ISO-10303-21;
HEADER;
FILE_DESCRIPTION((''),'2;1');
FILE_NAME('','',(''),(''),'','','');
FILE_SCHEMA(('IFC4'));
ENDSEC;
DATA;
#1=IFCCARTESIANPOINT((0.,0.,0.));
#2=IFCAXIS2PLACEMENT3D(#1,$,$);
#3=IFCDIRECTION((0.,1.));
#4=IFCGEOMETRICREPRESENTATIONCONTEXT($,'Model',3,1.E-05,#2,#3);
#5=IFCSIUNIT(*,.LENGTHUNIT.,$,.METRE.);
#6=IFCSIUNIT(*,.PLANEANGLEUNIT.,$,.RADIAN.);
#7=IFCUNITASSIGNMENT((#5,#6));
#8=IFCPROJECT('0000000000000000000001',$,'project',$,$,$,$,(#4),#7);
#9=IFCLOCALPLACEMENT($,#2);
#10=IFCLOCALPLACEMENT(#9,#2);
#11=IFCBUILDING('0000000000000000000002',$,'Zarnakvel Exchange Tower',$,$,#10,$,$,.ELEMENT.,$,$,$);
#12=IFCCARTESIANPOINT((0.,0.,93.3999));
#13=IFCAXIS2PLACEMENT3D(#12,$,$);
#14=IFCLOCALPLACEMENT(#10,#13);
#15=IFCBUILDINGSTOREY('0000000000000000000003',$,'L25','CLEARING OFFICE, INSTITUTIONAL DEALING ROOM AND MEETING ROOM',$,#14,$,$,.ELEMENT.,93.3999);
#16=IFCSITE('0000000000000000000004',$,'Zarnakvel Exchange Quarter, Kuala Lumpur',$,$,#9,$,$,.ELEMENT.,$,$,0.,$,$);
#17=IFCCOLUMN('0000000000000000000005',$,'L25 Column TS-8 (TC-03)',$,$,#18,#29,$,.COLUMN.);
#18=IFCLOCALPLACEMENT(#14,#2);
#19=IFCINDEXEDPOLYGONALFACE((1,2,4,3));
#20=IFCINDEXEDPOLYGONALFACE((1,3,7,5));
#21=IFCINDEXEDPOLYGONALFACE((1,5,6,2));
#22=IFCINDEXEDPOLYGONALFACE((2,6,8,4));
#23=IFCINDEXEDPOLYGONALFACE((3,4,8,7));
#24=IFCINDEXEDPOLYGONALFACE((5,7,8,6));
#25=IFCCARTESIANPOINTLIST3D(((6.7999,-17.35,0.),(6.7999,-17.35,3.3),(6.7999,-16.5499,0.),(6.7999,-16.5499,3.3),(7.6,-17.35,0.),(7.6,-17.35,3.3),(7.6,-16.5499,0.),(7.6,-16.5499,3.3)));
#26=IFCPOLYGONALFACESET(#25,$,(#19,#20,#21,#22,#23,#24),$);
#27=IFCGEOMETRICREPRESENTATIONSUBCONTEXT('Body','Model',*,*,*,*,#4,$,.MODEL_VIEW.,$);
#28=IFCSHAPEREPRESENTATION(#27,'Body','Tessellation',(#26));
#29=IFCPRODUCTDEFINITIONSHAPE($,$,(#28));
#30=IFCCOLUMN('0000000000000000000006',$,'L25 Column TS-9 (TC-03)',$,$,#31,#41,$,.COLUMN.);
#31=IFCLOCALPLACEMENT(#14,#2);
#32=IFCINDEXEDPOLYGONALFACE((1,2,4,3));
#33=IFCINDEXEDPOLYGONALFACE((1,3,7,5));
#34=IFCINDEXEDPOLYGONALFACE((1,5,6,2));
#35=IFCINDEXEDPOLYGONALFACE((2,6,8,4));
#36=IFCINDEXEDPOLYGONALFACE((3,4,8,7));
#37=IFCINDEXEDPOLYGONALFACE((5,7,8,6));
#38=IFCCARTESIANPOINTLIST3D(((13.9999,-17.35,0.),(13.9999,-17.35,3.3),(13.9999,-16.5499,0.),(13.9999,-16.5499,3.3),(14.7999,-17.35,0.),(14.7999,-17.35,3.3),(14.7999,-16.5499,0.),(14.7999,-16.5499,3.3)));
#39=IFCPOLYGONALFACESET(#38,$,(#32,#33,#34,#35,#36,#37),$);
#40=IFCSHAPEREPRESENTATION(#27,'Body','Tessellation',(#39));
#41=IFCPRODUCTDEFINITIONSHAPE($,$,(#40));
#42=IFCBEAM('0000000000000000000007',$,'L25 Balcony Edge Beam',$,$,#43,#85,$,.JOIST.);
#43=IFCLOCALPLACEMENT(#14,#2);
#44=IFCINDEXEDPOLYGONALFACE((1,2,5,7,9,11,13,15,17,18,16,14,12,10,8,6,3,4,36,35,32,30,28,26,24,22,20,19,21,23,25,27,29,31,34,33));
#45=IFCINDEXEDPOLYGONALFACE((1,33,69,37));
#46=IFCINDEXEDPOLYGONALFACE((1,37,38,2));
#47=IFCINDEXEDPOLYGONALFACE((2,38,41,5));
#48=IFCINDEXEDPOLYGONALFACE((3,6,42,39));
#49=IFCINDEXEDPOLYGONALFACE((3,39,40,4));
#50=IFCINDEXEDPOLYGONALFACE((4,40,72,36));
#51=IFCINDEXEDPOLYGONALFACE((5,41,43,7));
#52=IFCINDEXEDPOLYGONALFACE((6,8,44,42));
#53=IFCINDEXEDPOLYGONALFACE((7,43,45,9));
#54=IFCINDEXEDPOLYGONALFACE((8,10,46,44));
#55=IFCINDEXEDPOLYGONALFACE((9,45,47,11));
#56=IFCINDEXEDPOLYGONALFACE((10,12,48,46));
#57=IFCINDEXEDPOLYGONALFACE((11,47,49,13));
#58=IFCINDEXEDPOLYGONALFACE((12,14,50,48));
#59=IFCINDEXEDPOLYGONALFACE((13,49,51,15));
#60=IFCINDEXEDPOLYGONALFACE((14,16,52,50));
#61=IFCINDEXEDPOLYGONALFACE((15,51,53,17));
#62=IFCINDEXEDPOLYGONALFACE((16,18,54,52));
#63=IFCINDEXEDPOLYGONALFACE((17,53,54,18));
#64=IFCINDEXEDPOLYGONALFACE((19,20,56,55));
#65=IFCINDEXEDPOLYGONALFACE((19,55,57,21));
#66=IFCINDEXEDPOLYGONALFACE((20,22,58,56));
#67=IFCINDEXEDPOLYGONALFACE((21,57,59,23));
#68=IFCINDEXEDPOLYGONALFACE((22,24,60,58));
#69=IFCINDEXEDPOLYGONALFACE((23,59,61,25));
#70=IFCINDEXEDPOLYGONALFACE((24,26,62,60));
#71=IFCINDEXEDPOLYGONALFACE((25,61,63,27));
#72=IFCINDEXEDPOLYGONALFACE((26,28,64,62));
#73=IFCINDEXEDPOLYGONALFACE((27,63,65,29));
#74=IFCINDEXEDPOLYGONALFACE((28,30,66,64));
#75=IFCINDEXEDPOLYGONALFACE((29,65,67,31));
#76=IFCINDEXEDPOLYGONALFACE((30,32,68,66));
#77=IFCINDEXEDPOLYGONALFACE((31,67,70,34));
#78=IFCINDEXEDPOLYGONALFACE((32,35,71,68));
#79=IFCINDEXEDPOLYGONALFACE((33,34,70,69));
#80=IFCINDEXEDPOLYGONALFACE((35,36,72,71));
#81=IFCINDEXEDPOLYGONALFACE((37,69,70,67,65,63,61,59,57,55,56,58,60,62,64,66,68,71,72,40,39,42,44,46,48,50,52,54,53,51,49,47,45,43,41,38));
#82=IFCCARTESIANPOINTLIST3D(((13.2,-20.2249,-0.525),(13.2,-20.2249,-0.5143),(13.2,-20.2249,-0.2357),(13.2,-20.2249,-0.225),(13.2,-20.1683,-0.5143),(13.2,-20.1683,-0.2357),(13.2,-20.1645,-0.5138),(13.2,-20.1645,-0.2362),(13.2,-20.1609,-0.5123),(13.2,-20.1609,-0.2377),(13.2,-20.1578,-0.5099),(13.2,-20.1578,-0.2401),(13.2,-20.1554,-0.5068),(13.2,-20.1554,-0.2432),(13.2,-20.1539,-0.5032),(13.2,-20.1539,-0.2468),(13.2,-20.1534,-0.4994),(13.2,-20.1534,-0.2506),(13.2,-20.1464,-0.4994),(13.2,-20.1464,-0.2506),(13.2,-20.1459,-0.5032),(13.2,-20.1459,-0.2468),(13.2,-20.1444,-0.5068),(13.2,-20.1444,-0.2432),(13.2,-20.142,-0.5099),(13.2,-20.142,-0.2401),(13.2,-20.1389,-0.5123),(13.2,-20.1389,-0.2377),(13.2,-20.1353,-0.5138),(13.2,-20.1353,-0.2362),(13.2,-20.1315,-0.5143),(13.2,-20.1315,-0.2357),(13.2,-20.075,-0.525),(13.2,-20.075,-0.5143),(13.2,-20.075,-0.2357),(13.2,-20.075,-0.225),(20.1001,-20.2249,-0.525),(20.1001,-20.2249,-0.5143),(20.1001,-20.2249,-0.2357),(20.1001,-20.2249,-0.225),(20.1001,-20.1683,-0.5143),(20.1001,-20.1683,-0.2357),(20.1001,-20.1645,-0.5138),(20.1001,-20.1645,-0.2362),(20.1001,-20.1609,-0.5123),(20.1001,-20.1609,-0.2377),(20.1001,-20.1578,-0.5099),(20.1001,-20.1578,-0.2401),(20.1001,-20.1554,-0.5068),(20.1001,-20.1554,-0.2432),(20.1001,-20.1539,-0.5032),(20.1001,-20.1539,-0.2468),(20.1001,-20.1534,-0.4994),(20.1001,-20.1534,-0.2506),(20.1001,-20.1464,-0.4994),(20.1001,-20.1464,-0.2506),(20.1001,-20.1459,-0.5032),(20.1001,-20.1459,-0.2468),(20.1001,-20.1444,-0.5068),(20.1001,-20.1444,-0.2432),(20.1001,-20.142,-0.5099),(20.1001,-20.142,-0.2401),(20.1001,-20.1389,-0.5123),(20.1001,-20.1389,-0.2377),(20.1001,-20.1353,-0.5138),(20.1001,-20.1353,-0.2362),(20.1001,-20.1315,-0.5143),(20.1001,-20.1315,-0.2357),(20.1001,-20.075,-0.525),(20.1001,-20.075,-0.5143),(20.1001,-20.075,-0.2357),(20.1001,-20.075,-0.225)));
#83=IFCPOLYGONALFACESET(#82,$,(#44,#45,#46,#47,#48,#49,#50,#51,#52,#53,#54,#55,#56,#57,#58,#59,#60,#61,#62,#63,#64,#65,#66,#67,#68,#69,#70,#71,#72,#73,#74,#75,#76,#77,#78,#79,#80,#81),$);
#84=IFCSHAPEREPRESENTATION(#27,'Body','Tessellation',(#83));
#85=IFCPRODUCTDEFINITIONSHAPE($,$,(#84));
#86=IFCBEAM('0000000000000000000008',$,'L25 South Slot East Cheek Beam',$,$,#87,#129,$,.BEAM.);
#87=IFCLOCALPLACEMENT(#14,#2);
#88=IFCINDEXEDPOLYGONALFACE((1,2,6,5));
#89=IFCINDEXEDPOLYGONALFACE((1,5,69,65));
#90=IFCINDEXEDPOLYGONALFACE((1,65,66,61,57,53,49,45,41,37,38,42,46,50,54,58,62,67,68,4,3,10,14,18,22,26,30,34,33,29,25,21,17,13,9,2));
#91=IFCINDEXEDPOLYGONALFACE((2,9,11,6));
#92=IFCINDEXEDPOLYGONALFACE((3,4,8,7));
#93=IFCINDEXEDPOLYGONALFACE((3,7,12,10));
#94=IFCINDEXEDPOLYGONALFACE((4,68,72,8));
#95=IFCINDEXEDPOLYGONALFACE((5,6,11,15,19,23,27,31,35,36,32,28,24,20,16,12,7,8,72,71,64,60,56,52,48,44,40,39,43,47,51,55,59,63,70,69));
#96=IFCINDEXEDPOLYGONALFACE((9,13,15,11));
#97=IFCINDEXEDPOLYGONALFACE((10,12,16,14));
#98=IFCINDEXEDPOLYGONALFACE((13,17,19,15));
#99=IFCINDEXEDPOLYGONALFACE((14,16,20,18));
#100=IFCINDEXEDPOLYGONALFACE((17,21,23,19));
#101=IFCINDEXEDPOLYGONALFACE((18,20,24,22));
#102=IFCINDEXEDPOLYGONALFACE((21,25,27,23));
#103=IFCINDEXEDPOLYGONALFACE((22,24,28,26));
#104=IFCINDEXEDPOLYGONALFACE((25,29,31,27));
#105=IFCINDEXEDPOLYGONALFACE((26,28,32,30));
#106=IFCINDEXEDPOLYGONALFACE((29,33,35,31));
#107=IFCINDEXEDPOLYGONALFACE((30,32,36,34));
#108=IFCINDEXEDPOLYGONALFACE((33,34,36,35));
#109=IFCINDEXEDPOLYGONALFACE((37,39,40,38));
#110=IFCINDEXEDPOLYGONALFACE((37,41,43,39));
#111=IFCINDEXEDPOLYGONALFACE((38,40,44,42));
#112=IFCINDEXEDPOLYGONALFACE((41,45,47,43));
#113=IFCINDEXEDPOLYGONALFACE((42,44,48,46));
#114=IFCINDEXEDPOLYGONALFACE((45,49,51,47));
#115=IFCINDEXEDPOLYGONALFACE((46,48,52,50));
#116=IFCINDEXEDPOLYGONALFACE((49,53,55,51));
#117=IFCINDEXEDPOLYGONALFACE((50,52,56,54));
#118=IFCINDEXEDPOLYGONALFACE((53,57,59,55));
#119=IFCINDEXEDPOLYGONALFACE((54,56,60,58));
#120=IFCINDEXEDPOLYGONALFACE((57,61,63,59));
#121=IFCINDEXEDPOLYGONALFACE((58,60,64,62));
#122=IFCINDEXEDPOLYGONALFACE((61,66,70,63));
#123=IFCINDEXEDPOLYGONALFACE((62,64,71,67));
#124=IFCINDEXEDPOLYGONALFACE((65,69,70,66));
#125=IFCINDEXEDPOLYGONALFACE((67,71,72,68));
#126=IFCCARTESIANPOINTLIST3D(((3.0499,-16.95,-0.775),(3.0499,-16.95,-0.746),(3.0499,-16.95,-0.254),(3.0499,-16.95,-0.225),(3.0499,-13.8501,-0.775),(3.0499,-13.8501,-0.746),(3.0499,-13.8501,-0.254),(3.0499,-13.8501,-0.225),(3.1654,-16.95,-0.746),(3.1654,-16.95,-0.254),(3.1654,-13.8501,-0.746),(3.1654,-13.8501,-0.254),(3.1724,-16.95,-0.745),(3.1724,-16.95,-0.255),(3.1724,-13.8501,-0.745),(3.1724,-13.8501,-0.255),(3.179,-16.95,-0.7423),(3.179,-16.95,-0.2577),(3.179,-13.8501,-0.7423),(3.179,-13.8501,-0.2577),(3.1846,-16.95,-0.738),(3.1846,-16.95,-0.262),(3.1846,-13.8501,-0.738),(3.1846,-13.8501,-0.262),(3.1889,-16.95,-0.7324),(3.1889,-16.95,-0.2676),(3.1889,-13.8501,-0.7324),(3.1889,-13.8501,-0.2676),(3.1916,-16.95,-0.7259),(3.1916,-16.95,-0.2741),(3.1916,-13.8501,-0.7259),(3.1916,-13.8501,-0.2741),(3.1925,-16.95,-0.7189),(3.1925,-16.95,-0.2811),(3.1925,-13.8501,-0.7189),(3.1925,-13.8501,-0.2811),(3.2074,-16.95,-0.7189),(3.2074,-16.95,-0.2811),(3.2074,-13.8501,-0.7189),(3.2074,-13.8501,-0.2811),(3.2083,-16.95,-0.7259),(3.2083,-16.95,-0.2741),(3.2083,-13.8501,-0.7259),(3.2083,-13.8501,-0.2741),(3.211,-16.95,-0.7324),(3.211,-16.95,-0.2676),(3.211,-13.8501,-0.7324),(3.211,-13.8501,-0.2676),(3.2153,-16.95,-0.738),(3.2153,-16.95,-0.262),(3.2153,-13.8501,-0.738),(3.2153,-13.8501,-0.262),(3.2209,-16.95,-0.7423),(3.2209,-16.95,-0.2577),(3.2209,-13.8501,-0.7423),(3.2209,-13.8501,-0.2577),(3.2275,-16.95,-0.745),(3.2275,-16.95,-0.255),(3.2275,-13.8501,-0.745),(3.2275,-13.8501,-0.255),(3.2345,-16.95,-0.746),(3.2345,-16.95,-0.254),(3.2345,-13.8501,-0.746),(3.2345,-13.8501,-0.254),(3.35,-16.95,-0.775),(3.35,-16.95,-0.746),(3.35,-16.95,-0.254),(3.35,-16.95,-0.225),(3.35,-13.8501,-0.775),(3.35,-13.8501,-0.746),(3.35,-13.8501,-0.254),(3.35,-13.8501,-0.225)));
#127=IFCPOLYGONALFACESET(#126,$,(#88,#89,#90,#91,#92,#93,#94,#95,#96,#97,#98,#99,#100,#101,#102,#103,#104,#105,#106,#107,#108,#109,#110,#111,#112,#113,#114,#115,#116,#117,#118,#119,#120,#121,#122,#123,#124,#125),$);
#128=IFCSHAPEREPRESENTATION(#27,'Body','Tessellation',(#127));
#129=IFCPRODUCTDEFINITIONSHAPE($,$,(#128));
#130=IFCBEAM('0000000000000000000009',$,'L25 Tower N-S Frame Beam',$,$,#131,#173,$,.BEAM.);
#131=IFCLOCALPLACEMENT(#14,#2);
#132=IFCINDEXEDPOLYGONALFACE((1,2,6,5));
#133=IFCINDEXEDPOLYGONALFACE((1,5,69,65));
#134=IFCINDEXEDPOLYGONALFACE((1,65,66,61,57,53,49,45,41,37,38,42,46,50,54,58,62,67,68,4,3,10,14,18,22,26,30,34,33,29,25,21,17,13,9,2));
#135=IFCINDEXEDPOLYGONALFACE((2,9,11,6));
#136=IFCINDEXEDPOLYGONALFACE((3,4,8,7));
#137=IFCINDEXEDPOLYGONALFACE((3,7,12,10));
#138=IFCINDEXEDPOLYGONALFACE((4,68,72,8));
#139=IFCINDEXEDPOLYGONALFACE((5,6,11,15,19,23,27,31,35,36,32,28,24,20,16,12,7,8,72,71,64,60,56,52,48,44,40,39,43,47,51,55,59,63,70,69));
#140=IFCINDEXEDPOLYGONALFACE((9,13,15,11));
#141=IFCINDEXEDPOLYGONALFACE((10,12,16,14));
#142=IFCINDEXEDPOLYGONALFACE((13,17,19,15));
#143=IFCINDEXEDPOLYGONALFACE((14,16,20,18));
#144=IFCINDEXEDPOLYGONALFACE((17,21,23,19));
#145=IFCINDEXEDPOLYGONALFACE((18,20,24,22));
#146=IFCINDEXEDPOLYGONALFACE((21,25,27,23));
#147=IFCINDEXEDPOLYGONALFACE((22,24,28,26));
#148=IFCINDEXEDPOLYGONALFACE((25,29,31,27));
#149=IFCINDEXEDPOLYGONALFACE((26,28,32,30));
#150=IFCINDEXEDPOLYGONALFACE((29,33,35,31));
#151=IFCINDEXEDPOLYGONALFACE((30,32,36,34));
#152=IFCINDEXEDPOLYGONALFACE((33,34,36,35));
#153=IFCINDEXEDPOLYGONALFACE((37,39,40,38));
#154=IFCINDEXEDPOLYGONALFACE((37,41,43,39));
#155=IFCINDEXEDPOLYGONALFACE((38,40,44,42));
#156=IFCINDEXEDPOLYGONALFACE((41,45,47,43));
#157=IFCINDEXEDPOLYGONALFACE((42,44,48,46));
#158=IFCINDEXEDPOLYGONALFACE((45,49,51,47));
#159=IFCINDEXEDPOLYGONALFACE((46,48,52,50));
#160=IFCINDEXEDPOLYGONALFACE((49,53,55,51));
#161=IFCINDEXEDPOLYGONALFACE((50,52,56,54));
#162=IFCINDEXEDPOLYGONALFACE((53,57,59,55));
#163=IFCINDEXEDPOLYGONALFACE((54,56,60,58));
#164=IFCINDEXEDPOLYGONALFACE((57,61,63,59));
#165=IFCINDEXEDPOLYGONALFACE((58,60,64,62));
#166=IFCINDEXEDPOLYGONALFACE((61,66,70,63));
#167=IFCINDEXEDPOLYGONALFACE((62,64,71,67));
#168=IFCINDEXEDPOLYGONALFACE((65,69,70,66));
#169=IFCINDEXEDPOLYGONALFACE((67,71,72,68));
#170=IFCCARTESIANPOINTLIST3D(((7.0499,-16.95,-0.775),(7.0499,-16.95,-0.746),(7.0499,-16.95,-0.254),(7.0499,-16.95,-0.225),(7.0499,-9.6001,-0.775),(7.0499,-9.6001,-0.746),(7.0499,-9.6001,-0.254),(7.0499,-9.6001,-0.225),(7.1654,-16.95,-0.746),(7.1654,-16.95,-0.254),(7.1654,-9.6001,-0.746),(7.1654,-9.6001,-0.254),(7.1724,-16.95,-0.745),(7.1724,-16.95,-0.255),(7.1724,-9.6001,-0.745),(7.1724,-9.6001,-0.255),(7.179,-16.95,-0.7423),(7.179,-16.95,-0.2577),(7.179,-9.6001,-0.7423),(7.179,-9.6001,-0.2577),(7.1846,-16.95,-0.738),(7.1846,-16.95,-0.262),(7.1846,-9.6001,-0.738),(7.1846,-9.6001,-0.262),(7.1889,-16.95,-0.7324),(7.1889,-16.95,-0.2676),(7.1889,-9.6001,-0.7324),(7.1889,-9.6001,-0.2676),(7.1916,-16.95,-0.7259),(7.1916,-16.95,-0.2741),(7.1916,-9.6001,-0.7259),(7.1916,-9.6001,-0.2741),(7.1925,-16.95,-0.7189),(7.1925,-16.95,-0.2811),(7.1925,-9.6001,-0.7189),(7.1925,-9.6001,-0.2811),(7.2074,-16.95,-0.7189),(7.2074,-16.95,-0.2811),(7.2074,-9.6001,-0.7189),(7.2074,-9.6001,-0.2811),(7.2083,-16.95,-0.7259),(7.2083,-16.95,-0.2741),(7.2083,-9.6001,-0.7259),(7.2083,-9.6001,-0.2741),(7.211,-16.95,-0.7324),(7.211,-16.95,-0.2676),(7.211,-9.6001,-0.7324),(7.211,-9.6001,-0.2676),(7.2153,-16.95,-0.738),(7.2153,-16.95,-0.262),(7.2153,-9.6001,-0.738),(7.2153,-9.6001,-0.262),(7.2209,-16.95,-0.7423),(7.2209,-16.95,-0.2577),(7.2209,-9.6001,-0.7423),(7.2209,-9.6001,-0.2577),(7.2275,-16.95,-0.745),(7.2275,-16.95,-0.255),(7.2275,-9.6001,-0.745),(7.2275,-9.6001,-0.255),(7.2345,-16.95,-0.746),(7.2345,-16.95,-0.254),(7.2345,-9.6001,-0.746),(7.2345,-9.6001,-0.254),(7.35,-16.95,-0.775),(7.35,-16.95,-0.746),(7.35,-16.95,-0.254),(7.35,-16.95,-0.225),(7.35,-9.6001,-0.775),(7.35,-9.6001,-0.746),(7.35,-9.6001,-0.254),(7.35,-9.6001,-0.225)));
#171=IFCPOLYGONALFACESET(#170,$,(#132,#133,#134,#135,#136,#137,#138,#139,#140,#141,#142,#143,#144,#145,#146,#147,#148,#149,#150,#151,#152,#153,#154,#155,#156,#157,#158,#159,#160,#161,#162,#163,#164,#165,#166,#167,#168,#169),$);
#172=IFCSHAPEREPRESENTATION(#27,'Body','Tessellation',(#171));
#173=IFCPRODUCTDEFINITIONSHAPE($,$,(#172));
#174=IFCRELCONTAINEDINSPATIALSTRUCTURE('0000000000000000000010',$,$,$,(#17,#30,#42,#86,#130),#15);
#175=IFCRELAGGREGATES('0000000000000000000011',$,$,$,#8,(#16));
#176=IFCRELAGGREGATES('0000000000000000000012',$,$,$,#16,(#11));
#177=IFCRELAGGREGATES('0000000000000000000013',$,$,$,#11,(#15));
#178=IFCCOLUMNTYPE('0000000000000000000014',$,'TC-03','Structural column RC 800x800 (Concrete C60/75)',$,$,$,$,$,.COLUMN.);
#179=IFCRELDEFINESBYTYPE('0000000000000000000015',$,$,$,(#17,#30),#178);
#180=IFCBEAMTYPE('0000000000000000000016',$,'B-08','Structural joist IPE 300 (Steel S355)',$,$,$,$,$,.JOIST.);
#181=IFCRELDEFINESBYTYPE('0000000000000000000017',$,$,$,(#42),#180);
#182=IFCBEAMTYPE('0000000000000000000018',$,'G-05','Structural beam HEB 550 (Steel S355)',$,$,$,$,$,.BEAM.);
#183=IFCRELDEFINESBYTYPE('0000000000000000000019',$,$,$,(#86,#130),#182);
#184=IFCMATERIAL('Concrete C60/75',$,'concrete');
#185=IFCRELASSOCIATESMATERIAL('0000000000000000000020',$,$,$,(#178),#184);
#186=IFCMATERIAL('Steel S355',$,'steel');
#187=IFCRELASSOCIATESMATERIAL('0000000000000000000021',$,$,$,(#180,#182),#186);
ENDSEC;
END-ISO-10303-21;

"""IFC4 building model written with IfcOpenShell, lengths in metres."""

from ifc_helpers import new_model, si_unit, direction, frame, origin, origin_2d, place, context, subcontext, project, spatial, rectangle, i_section, extrude, material, material_profile, profile_set, type_object, element, save


model = new_model("IFC4")

# Units and contexts
model_context = context("Model", 3, precision=1e-05, world=origin(), true_north=direction((0.0, 1.0)))
body_context = subcontext(model_context, "Body", "Model", "MODEL_VIEW")
ifc_project = project(units=[si_unit("LENGTHUNIT", "METRE"), si_unit("PLANEANGLEUNIT", "RADIAN")], contexts=[model_context])

# Site, building, storey
site_placement = place(None, origin())
site = spatial("IfcSite", under=ifc_project, at=site_placement, Name="Zarnakvel Exchange Quarter, Kuala Lumpur", CompositionType="ELEMENT", RefElevation=0.0)
building_placement = place(site_placement, origin())
building = spatial("IfcBuilding", under=site, at=building_placement, Name="Zarnakvel Exchange Tower", CompositionType="ELEMENT")
storey_placement = place(building_placement, frame((0.0, 0.0, 93.3999)))
storey = spatial("IfcBuildingStorey", under=building, at=storey_placement, Name="L25", Description="CLEARING OFFICE, INSTITUTIONAL DEALING ROOM AND MEETING ROOM", CompositionType="ELEMENT", Elevation=93.3999)

# Columns
ifc_material_1 = material(Name="Concrete C60/75", Category="concrete")
ifc_material_profile_1 = material_profile(ifc_material_1, rectangle(XDim=0.8, YDim=0.8, at=origin_2d()))
ifc_profile_set_1 = profile_set([ifc_material_profile_1], Name="Concrete C60/75")
column_type = type_object("IfcColumnType", Name="TC-03", Description="Structural column RC 800x800 (Concrete C60/75)", PredefinedType="COLUMN", material=ifc_profile_set_1)
for number, where, z_axis, x_axis, name in (
    (1, (7.2, -16.95, 0.0), (0.0, 0.0, 1.0), (1.0, 0.0, 0.0), "L25 Column TS-8 (TC-03)"),
    (2, (14.3999, -16.95, 0.0), (0.0, 0.0, 1.0), (1.0, 0.0, 0.0), "L25 Column TS-9 (TC-03)"),
):
    element("IfcColumn", number, at=place(storey_placement, frame(where, z_axis=z_axis, x_axis=x_axis)), inside=storey, type_object=column_type, Name=name, PredefinedType="COLUMN", context=body_context, shape_type="SweptSolid", body=[
        extrude(rectangle(XDim=0.8, YDim=0.8, at=origin_2d()), origin(), (0.0, 0.0, 1.0), 3.3),
    ])

# Beams
ifc_material_2 = material(Name="Steel S355", Category="steel")
ifc_material_profile_2 = material_profile(ifc_material_2, i_section(OverallWidth=0.1499, OverallDepth=0.3, WebThickness=0.0071, FlangeThickness=0.0107, FilletRadius=0.0149, at=origin_2d()))
ifc_profile_set_2 = profile_set([ifc_material_profile_2], Name="Steel S355")
beam_type_1 = type_object("IfcBeamType", Name="B-08", Description="Structural joist IPE 300 (Steel S355)", PredefinedType="JOIST", material=ifc_profile_set_2)
beam_1_placement = place(storey_placement, frame((13.2, -20.1499, -0.375), z_axis=(1.0, 0.0, 0.0), x_axis=(0.0, 1.0, 0.0)))
element("IfcBeam", 3, at=beam_1_placement, inside=storey, type_object=beam_type_1, Name="L25 Balcony Edge Beam", PredefinedType="JOIST", context=body_context, shape_type="SweptSolid", body=[
    extrude(i_section(OverallWidth=0.1499, OverallDepth=0.3, WebThickness=0.0071, FlangeThickness=0.0107, FilletRadius=0.0149, at=origin_2d()), origin(), (0.0, 0.0, 1.0), 6.9001),
])
ifc_material_profile_3 = material_profile(ifc_material_2, i_section(OverallWidth=0.3, OverallDepth=0.55, WebThickness=0.0149, FlangeThickness=0.0291, FilletRadius=0.0271, at=origin_2d()))
ifc_profile_set_3 = profile_set([ifc_material_profile_3], Name="Steel S355")
beam_type_2 = type_object("IfcBeamType", Name="G-05", Description="Structural beam HEB 550 (Steel S355)", PredefinedType="BEAM", material=ifc_profile_set_3)
beam_2_placement = place(storey_placement, frame((3.2, -16.95, -0.5), z_axis=(0.0, 1.0, 0.0), x_axis=(-1.0, 0.0, 0.0)))
element("IfcBeam", 4, at=beam_2_placement, inside=storey, type_object=beam_type_2, Name="L25 South Slot East Cheek Beam", PredefinedType="BEAM", context=body_context, shape_type="SweptSolid", body=[
    extrude(i_section(OverallWidth=0.3, OverallDepth=0.55, WebThickness=0.0149, FlangeThickness=0.0291, FilletRadius=0.0271, at=origin_2d()), origin(), (0.0, 0.0, 1.0), 3.0999),
])
beam_3_placement = place(storey_placement, frame((7.2, -16.95, -0.5), z_axis=(0.0, 1.0, 0.0), x_axis=(-1.0, 0.0, 0.0)))
element("IfcBeam", 5, at=beam_3_placement, inside=storey, type_object=beam_type_2, Name="L25 Tower N-S Frame Beam", PredefinedType="BEAM", context=body_context, shape_type="SweptSolid", body=[
    extrude(i_section(OverallWidth=0.3, OverallDepth=0.55, WebThickness=0.0149, FlangeThickness=0.0291, FilletRadius=0.0271, at=origin_2d()), origin(), (0.0, 0.0, 1.0), 7.3499),
])

save(model, "model.ifc")
